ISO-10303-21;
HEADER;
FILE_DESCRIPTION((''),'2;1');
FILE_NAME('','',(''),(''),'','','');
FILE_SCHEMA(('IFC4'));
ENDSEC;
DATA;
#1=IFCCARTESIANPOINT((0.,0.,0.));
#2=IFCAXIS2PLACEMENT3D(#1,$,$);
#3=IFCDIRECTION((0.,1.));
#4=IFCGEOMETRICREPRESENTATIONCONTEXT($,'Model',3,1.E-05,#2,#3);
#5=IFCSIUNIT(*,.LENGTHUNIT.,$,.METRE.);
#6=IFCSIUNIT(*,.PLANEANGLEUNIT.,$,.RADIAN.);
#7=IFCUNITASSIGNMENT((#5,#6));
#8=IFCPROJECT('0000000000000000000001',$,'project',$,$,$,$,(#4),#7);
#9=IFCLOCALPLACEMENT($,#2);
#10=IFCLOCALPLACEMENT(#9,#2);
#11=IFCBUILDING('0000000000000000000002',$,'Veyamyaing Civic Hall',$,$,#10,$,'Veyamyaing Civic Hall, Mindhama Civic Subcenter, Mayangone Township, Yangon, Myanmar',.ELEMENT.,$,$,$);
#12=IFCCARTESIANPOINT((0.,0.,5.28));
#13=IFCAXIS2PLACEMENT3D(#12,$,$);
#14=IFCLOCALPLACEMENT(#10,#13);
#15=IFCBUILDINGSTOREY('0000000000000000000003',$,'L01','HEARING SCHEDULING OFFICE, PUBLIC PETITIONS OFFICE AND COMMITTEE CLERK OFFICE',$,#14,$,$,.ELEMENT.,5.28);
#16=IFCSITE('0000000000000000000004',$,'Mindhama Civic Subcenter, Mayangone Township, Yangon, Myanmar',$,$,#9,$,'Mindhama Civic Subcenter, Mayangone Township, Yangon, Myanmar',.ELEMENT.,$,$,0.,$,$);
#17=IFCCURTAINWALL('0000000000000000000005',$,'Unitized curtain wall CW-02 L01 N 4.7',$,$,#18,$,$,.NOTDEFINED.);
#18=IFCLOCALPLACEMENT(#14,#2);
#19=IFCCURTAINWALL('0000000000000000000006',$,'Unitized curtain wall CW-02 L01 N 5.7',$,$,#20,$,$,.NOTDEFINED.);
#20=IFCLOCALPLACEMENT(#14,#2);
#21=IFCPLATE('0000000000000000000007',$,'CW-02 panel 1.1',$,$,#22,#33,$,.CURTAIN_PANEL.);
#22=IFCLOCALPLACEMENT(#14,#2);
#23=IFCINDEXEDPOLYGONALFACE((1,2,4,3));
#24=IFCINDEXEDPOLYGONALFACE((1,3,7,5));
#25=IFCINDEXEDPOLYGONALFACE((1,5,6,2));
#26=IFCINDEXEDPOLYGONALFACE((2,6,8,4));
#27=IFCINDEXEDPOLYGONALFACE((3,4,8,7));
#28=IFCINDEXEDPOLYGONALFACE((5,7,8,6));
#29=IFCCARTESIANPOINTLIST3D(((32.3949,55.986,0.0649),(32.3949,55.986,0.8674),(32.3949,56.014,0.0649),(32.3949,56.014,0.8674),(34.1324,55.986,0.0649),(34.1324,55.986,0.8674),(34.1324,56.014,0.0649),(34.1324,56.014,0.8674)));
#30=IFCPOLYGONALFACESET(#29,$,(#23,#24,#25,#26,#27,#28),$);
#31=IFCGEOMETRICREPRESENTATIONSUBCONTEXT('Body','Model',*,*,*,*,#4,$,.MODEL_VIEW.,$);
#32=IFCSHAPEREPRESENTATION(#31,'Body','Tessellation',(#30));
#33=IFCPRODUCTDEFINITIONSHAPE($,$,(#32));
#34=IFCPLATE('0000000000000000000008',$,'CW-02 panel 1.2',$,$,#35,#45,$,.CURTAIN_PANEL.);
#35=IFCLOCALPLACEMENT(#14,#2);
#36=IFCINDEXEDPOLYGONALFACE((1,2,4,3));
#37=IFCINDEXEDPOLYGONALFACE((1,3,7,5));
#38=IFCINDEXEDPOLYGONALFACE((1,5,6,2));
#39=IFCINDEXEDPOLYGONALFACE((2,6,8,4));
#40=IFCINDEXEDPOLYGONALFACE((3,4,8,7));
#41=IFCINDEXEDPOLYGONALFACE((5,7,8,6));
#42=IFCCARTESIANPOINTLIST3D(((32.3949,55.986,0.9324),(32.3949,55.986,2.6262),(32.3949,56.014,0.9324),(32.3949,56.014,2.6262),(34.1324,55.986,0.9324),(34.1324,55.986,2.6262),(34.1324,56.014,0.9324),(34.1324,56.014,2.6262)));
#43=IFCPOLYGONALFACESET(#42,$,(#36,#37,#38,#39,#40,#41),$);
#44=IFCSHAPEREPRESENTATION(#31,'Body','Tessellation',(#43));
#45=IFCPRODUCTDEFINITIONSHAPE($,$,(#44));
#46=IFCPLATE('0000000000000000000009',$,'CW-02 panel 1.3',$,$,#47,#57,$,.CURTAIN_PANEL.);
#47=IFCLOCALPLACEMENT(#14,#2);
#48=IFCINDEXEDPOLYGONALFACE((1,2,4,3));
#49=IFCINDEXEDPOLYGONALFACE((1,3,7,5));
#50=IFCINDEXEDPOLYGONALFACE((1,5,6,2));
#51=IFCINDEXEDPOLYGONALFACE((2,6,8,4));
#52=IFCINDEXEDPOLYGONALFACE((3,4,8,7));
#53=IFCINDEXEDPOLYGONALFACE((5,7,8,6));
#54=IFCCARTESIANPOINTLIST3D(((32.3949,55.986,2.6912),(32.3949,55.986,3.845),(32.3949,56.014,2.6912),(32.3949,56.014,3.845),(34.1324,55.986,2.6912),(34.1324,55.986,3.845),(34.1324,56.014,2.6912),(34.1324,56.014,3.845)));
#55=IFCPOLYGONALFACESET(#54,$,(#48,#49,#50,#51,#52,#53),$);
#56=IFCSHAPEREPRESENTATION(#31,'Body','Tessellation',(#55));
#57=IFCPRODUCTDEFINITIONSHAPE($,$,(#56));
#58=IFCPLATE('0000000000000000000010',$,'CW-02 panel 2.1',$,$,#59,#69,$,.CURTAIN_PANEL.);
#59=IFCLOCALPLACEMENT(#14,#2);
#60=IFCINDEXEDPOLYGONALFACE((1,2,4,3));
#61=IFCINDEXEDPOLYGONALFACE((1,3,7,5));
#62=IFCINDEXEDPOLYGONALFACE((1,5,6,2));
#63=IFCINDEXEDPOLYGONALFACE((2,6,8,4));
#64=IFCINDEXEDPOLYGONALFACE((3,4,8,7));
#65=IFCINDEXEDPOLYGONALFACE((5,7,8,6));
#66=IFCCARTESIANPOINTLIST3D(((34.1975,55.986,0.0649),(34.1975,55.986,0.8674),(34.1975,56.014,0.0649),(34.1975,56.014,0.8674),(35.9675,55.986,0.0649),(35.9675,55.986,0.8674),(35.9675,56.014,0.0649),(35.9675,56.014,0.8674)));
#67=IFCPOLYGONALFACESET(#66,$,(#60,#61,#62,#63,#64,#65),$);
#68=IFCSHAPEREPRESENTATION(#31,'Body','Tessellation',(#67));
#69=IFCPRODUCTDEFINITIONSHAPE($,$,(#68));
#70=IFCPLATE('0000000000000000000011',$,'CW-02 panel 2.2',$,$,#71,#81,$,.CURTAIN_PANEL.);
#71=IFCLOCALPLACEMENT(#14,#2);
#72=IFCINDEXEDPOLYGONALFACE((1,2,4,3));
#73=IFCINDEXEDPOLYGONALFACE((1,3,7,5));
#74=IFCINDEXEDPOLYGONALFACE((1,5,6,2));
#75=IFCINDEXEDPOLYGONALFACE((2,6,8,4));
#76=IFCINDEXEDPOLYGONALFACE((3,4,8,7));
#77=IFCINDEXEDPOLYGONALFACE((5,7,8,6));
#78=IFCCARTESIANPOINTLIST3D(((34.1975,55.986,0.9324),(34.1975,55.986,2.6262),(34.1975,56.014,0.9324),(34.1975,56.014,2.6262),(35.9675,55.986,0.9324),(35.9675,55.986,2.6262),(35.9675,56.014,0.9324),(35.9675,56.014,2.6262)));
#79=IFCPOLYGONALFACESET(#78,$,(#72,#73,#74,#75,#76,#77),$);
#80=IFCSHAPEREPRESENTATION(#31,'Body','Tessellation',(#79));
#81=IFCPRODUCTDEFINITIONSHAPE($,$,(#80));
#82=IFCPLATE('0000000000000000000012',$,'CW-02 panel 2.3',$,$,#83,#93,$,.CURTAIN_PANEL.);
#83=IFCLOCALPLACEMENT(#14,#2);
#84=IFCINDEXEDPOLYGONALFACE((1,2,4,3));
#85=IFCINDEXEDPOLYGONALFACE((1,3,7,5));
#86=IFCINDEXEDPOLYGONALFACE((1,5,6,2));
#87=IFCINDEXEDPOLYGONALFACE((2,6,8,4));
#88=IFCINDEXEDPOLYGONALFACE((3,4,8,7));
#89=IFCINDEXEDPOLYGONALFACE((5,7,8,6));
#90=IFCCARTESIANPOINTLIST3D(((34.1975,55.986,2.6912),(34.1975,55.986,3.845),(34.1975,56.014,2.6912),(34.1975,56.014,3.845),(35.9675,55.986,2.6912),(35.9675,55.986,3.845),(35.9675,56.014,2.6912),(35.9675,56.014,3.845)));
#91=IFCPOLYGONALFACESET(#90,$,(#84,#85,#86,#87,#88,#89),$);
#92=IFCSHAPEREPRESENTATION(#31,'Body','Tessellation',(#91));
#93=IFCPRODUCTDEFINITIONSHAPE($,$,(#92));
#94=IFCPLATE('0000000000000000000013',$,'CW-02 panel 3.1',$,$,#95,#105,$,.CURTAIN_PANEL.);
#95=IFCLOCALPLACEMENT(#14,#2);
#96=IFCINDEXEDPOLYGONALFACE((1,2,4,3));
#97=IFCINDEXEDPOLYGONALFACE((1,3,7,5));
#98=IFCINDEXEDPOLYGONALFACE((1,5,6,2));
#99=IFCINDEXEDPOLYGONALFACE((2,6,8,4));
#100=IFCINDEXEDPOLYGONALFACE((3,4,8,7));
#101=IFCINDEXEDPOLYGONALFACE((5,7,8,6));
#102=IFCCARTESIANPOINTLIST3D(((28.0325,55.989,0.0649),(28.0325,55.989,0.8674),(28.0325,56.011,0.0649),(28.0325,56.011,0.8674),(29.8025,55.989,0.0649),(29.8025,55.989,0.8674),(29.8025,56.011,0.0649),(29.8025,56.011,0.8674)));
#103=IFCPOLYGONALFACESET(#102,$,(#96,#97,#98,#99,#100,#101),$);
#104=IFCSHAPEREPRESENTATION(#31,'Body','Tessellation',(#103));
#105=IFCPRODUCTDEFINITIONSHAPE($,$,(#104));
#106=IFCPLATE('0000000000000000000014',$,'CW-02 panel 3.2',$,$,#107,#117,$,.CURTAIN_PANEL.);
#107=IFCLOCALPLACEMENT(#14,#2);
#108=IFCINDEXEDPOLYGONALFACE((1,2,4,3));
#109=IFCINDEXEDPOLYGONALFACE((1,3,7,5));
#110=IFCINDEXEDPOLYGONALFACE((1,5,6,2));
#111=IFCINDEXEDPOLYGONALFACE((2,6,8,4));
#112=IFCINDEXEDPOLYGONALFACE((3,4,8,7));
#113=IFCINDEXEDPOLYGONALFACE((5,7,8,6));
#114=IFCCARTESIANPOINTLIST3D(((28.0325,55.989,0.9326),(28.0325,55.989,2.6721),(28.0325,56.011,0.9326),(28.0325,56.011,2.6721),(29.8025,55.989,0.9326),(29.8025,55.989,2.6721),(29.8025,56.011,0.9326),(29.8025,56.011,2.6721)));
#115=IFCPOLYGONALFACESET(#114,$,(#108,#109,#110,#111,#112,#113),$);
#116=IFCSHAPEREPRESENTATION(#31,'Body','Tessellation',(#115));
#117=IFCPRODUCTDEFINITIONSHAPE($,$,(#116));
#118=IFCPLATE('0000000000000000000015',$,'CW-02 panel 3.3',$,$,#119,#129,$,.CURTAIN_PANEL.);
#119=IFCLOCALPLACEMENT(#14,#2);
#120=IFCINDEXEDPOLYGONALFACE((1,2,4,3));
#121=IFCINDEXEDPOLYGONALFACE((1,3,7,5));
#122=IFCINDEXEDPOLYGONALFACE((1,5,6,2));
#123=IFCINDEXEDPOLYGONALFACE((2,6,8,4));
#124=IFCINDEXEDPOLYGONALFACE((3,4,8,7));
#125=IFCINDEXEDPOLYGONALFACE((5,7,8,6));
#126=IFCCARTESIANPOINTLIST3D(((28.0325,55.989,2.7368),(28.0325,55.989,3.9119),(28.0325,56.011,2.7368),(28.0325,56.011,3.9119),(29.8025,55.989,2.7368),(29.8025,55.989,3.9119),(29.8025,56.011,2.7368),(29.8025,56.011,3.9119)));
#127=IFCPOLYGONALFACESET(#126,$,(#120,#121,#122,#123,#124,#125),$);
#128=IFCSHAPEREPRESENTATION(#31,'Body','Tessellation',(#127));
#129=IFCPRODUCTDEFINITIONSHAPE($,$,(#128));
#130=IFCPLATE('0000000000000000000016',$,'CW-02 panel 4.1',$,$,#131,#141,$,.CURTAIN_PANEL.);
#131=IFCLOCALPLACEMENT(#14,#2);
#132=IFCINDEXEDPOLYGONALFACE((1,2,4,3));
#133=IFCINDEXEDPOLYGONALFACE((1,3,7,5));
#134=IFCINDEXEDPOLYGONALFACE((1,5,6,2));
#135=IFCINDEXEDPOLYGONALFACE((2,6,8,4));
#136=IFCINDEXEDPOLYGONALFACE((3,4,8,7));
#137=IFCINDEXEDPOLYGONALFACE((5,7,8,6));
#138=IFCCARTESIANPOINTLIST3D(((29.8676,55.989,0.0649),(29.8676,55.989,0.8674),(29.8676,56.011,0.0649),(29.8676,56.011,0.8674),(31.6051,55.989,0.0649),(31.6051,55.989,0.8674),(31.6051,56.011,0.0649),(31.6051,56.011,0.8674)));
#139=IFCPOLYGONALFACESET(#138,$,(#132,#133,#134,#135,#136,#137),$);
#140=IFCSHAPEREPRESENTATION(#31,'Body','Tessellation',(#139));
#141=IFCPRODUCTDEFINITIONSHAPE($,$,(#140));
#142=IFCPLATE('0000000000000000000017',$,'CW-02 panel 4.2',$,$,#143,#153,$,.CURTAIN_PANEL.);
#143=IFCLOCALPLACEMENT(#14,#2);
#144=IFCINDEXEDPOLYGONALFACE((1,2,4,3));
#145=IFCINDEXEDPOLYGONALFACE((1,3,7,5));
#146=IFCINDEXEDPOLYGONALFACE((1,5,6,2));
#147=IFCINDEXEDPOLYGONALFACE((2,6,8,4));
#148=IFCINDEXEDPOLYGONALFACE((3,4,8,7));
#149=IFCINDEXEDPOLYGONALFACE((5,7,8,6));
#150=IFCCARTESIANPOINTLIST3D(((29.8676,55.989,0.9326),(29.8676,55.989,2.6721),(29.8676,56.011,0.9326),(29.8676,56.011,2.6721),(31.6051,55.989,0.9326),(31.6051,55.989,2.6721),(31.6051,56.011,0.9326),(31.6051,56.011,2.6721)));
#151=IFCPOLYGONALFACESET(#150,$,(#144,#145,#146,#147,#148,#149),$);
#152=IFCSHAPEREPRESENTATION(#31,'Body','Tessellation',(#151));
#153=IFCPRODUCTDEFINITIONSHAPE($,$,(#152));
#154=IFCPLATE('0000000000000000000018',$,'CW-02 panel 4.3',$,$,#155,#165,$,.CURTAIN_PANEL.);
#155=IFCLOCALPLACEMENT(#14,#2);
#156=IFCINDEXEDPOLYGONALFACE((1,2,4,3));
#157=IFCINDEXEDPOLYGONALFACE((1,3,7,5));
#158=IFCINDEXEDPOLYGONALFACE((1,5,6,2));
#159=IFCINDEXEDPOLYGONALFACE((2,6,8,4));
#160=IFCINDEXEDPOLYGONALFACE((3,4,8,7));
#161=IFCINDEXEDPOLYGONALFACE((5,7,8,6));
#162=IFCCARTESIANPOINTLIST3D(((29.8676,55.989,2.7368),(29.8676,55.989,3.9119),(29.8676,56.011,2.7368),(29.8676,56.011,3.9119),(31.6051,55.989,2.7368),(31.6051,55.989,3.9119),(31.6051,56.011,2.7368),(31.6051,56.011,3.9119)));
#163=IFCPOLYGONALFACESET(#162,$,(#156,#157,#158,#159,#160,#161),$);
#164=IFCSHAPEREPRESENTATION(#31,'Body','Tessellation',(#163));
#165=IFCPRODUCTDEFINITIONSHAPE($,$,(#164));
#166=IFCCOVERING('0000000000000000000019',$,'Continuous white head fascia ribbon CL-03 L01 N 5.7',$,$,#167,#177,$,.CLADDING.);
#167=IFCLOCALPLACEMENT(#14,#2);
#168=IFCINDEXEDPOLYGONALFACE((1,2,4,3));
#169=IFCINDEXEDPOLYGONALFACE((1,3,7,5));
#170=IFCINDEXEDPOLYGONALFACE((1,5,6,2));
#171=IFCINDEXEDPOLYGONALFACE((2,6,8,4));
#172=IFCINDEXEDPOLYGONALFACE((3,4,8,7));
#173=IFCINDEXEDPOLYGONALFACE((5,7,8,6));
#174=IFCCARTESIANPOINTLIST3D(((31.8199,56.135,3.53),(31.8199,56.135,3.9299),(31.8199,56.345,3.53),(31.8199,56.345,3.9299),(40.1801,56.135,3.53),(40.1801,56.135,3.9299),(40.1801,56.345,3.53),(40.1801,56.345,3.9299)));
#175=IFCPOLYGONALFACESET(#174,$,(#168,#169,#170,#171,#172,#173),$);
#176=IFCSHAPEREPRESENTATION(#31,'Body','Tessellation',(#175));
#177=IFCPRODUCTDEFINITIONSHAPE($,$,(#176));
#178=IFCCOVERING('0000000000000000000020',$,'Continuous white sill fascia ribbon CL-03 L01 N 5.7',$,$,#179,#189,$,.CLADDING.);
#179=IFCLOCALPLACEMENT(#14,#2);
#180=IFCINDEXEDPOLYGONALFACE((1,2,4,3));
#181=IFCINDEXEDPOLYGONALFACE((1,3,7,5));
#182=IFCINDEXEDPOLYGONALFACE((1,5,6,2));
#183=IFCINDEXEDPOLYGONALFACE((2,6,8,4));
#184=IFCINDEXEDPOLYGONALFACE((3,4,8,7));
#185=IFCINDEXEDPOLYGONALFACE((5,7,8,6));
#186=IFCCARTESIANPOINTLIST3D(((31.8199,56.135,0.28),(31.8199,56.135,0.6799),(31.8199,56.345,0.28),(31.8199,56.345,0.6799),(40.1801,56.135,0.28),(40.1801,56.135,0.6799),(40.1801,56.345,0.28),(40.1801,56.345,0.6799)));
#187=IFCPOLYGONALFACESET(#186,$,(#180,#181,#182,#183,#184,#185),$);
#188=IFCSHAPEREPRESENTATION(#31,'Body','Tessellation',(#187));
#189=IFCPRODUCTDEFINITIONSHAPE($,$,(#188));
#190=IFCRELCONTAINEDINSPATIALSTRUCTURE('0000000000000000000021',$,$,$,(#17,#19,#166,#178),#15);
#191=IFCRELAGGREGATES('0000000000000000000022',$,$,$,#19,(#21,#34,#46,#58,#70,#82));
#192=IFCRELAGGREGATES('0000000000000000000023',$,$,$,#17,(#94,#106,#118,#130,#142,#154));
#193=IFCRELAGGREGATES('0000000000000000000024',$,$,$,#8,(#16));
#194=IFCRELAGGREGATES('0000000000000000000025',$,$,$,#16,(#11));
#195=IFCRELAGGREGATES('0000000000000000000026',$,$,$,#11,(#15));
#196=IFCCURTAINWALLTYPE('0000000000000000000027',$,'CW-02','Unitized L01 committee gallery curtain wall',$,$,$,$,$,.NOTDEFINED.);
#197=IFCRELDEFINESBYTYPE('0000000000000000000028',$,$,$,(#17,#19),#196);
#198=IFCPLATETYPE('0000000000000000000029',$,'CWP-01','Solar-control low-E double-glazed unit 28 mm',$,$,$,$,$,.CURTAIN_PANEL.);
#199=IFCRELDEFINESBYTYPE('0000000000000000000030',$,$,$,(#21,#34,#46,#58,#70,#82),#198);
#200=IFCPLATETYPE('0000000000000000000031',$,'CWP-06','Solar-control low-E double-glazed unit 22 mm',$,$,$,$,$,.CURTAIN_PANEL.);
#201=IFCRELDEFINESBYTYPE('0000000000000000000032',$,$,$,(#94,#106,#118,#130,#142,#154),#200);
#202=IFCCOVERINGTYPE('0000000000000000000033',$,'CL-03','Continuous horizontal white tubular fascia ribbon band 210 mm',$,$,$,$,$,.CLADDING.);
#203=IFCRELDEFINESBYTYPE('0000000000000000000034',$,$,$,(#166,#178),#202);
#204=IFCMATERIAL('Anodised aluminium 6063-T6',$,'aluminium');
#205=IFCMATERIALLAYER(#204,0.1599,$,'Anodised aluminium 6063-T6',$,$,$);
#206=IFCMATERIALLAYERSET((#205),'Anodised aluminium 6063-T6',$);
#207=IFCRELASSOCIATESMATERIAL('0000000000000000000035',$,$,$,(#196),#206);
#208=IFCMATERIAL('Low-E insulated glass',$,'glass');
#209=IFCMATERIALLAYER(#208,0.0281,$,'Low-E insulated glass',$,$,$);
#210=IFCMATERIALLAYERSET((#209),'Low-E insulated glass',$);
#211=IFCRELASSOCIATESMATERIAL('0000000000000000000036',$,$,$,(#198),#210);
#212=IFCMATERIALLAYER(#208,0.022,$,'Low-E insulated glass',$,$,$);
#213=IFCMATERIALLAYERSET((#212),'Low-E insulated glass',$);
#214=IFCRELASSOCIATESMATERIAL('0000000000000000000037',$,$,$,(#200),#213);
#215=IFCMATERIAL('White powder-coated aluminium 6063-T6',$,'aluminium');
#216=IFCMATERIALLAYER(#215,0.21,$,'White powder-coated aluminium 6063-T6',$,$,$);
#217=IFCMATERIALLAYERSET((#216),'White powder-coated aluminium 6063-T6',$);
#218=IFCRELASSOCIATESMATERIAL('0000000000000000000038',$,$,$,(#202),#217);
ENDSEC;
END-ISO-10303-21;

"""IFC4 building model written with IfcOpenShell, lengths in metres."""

from ifc_helpers import new_model, si_unit, direction, frame, origin, origin_2d, place, context, subcontext, project, spatial, rectangle, extrude, material, layer, layer_set, type_object, element, aggregate, save


model = new_model("IFC4")

# Units and contexts
model_context = context("Model", 3, precision=1e-05, world=origin(), true_north=direction((0.0, 1.0)))
body_context = subcontext(model_context, "Body", "Model", "MODEL_VIEW")
ifc_project = project(units=[si_unit("LENGTHUNIT", "METRE"), si_unit("PLANEANGLEUNIT", "RADIAN")], contexts=[model_context])

# Site, building, storey
site_placement = place(None, origin())
site = spatial("IfcSite", under=ifc_project, at=site_placement, Name="Mindhama Civic Subcenter, Mayangone Township, Yangon, Myanmar", LongName="Mindhama Civic Subcenter, Mayangone Township, Yangon, Myanmar", CompositionType="ELEMENT", RefElevation=0.0)
building_placement = place(site_placement, origin())
building = spatial("IfcBuilding", under=site, at=building_placement, Name="Veyamyaing Civic Hall", LongName="Veyamyaing Civic Hall, Mindhama Civic Subcenter, Mayangone Township, Yangon, Myanmar", CompositionType="ELEMENT")
storey_placement = place(building_placement, frame((0.0, 0.0, 5.28)))
storey = spatial("IfcBuildingStorey", under=building, at=storey_placement, Name="L01", Description="HEARING SCHEDULING OFFICE, PUBLIC PETITIONS OFFICE AND COMMITTEE CLERK OFFICE", CompositionType="ELEMENT", Elevation=5.28)

# Curtain walls
ifc_material_1 = material(Name="Anodised aluminium 6063-T6", Category="aluminium")
ifc_layer_1 = layer(ifc_material_1, 0.1599, Name="Anodised aluminium 6063-T6")
ifc_layer_set_1 = layer_set([ifc_layer_1], Name="Anodised aluminium 6063-T6")
curtain_wall_type = type_object("IfcCurtainWallType", Name="CW-02", Description="Unitized L01 committee gallery curtain wall", PredefinedType="NOTDEFINED", material=ifc_layer_set_1)
curtain_wall_1_placement = place(storey_placement, origin())
curtain_wall_1 = element("IfcCurtainWall", 1, at=curtain_wall_1_placement, inside=storey, type_object=curtain_wall_type, Name="Unitized curtain wall CW-02 L01 N 4.7", PredefinedType="NOTDEFINED")
curtain_wall_2_placement = place(storey_placement, origin())
curtain_wall_2 = element("IfcCurtainWall", 2, at=curtain_wall_2_placement, inside=storey, type_object=curtain_wall_type, Name="Unitized curtain wall CW-02 L01 N 5.7", PredefinedType="NOTDEFINED")

# Plates
ifc_material_2 = material(Name="Low-E insulated glass", Category="glass")
ifc_layer_2 = layer(ifc_material_2, 0.0281, Name="Low-E insulated glass")
ifc_layer_set_2 = layer_set([ifc_layer_2], Name="Low-E insulated glass")
plate_type_1 = type_object("IfcPlateType", Name="CWP-01", Description="Solar-control low-E double-glazed unit 28 mm", PredefinedType="CURTAIN_PANEL", material=ifc_layer_set_2)
plate_1_placement = place(storey_placement, frame((33.2637, 56.0, 0.0649), z_axis=(0.0, 0.0, 1.0), x_axis=(1.0, 0.0, 0.0)))
plate_1 = element("IfcPlate", 3, at=plate_1_placement, type_object=plate_type_1, Name="CW-02 panel 1.1", PredefinedType="CURTAIN_PANEL", context=body_context, shape_type="SweptSolid", body=[
    extrude(rectangle(XDim=1.7375, YDim=0.0281, at=origin_2d()), origin(), (0.0, 0.0, 1.0), 0.8025),
])
plate_2_placement = place(storey_placement, frame((33.2637, 56.0, 0.9324), z_axis=(0.0, 0.0, 1.0), x_axis=(1.0, 0.0, 0.0)))
plate_2 = element("IfcPlate", 4, at=plate_2_placement, type_object=plate_type_1, Name="CW-02 panel 1.2", PredefinedType="CURTAIN_PANEL", context=body_context, shape_type="SweptSolid", body=[
    extrude(rectangle(XDim=1.7375, YDim=0.0281, at=origin_2d()), origin(), (0.0, 0.0, 1.0), 1.6938),
])
plate_3_placement = place(storey_placement, frame((33.2637, 56.0, 2.6912), z_axis=(0.0, 0.0, 1.0), x_axis=(1.0, 0.0, 0.0)))
plate_3 = element("IfcPlate", 5, at=plate_3_placement, type_object=plate_type_1, Name="CW-02 panel 1.3", PredefinedType="CURTAIN_PANEL", context=body_context, shape_type="SweptSolid", body=[
    extrude(rectangle(XDim=1.7375, YDim=0.0281, at=origin_2d()), origin(), (0.0, 0.0, 1.0), 1.1538),
])
plate_4_placement = place(storey_placement, frame((35.0825, 56.0, 0.0649), z_axis=(0.0, 0.0, 1.0), x_axis=(1.0, 0.0, 0.0)))
plate_4 = element("IfcPlate", 6, at=plate_4_placement, type_object=plate_type_1, Name="CW-02 panel 2.1", PredefinedType="CURTAIN_PANEL", context=body_context, shape_type="SweptSolid", body=[
    extrude(rectangle(XDim=1.77, YDim=0.0281, at=origin_2d()), origin(), (0.0, 0.0, 1.0), 0.8025),
])
plate_5_placement = place(storey_placement, frame((35.0825, 56.0, 0.9324), z_axis=(0.0, 0.0, 1.0), x_axis=(1.0, 0.0, 0.0)))
plate_5 = element("IfcPlate", 7, at=plate_5_placement, type_object=plate_type_1, Name="CW-02 panel 2.2", PredefinedType="CURTAIN_PANEL", context=body_context, shape_type="SweptSolid", body=[
    extrude(rectangle(XDim=1.77, YDim=0.0281, at=origin_2d()), origin(), (0.0, 0.0, 1.0), 1.6938),
])
plate_6_placement = place(storey_placement, frame((35.0825, 56.0, 2.6912), z_axis=(0.0, 0.0, 1.0), x_axis=(1.0, 0.0, 0.0)))
plate_6 = element("IfcPlate", 8, at=plate_6_placement, type_object=plate_type_1, Name="CW-02 panel 2.3", PredefinedType="CURTAIN_PANEL", context=body_context, shape_type="SweptSolid", body=[
    extrude(rectangle(XDim=1.77, YDim=0.0281, at=origin_2d()), origin(), (0.0, 0.0, 1.0), 1.1538),
])
aggregate(curtain_wall_2, [plate_1, plate_2, plate_3, plate_4, plate_5, plate_6])
ifc_layer_3 = layer(ifc_material_2, 0.022, Name="Low-E insulated glass")
ifc_layer_set_3 = layer_set([ifc_layer_3], Name="Low-E insulated glass")
plate_type_2 = type_object("IfcPlateType", Name="CWP-06", Description="Solar-control low-E double-glazed unit 22 mm", PredefinedType="CURTAIN_PANEL", material=ifc_layer_set_3)
plate_7_placement = place(storey_placement, frame((28.9175, 56.0, 0.0649), z_axis=(0.0, 0.0, 1.0), x_axis=(1.0, 0.0, 0.0)))
plate_7 = element("IfcPlate", 9, at=plate_7_placement, type_object=plate_type_2, Name="CW-02 panel 3.1", PredefinedType="CURTAIN_PANEL", context=body_context, shape_type="SweptSolid", body=[
    extrude(rectangle(XDim=1.77, YDim=0.022, at=origin_2d()), origin(), (0.0, 0.0, 1.0), 0.8025),
])
plate_8_placement = place(storey_placement, frame((28.9175, 56.0, 0.9326), z_axis=(0.0, 0.0, 1.0), x_axis=(1.0, 0.0, 0.0)))
plate_8 = element("IfcPlate", 10, at=plate_8_placement, type_object=plate_type_2, Name="CW-02 panel 3.2", PredefinedType="CURTAIN_PANEL", context=body_context, shape_type="SweptSolid", body=[
    extrude(rectangle(XDim=1.77, YDim=0.022, at=origin_2d()), origin(), (0.0, 0.0, 1.0), 1.7395),
])
plate_9_placement = place(storey_placement, frame((28.9175, 56.0, 2.7368), z_axis=(0.0, 0.0, 1.0), x_axis=(1.0, 0.0, 0.0)))
plate_9 = element("IfcPlate", 11, at=plate_9_placement, type_object=plate_type_2, Name="CW-02 panel 3.3", PredefinedType="CURTAIN_PANEL", context=body_context, shape_type="SweptSolid", body=[
    extrude(rectangle(XDim=1.77, YDim=0.022, at=origin_2d()), origin(), (0.0, 0.0, 1.0), 1.175),
])
plate_10_placement = place(storey_placement, frame((30.7363, 56.0, 0.0649), z_axis=(0.0, 0.0, 1.0), x_axis=(1.0, 0.0, 0.0)))
plate_10 = element("IfcPlate", 12, at=plate_10_placement, type_object=plate_type_2, Name="CW-02 panel 4.1", PredefinedType="CURTAIN_PANEL", context=body_context, shape_type="SweptSolid", body=[
    extrude(rectangle(XDim=1.7375, YDim=0.022, at=origin_2d()), origin(), (0.0, 0.0, 1.0), 0.8025),
])
plate_11_placement = place(storey_placement, frame((30.7363, 56.0, 0.9326), z_axis=(0.0, 0.0, 1.0), x_axis=(1.0, 0.0, 0.0)))
plate_11 = element("IfcPlate", 13, at=plate_11_placement, type_object=plate_type_2, Name="CW-02 panel 4.2", PredefinedType="CURTAIN_PANEL", context=body_context, shape_type="SweptSolid", body=[
    extrude(rectangle(XDim=1.7375, YDim=0.022, at=origin_2d()), origin(), (0.0, 0.0, 1.0), 1.7395),
])
plate_12_placement = place(storey_placement, frame((30.7363, 56.0, 2.7368), z_axis=(0.0, 0.0, 1.0), x_axis=(1.0, 0.0, 0.0)))
plate_12 = element("IfcPlate", 14, at=plate_12_placement, type_object=plate_type_2, Name="CW-02 panel 4.3", PredefinedType="CURTAIN_PANEL", context=body_context, shape_type="SweptSolid", body=[
    extrude(rectangle(XDim=1.7375, YDim=0.022, at=origin_2d()), origin(), (0.0, 0.0, 1.0), 1.175),
])
aggregate(curtain_wall_1, [plate_7, plate_8, plate_9, plate_10, plate_11, plate_12])

# Coverings
ifc_material_3 = material(Name="White powder-coated aluminium 6063-T6", Category="aluminium")
ifc_layer_4 = layer(ifc_material_3, 0.21, Name="White powder-coated aluminium 6063-T6")
ifc_layer_set_4 = layer_set([ifc_layer_4], Name="White powder-coated aluminium 6063-T6")
covering_type = type_object("IfcCoveringType", Name="CL-03", Description="Continuous horizontal white tubular fascia ribbon band 210 mm", PredefinedType="CLADDING", material=ifc_layer_set_4)
for number, where, z_axis, x_axis, name in (
    (15, (36.0, 56.24, 3.53), (0.0, 0.0, 1.0), (1.0, 0.0, 0.0), "Continuous white head fascia ribbon CL-03 L01 N 5.7"),
    (16, (36.0, 56.24, 0.28), (0.0, 0.0, 1.0), (1.0, 0.0, 0.0), "Continuous white sill fascia ribbon CL-03 L01 N 5.7"),
):
    element("IfcCovering", number, at=place(storey_placement, frame(where, z_axis=z_axis, x_axis=x_axis)), inside=storey, type_object=covering_type, Name=name, PredefinedType="CLADDING", context=body_context, shape_type="SweptSolid", body=[
        extrude(rectangle(XDim=8.3601, YDim=0.21, at=origin_2d()), origin(), (0.0, 0.0, 1.0), 0.3999),
    ])

save(model, "model.ifc")
